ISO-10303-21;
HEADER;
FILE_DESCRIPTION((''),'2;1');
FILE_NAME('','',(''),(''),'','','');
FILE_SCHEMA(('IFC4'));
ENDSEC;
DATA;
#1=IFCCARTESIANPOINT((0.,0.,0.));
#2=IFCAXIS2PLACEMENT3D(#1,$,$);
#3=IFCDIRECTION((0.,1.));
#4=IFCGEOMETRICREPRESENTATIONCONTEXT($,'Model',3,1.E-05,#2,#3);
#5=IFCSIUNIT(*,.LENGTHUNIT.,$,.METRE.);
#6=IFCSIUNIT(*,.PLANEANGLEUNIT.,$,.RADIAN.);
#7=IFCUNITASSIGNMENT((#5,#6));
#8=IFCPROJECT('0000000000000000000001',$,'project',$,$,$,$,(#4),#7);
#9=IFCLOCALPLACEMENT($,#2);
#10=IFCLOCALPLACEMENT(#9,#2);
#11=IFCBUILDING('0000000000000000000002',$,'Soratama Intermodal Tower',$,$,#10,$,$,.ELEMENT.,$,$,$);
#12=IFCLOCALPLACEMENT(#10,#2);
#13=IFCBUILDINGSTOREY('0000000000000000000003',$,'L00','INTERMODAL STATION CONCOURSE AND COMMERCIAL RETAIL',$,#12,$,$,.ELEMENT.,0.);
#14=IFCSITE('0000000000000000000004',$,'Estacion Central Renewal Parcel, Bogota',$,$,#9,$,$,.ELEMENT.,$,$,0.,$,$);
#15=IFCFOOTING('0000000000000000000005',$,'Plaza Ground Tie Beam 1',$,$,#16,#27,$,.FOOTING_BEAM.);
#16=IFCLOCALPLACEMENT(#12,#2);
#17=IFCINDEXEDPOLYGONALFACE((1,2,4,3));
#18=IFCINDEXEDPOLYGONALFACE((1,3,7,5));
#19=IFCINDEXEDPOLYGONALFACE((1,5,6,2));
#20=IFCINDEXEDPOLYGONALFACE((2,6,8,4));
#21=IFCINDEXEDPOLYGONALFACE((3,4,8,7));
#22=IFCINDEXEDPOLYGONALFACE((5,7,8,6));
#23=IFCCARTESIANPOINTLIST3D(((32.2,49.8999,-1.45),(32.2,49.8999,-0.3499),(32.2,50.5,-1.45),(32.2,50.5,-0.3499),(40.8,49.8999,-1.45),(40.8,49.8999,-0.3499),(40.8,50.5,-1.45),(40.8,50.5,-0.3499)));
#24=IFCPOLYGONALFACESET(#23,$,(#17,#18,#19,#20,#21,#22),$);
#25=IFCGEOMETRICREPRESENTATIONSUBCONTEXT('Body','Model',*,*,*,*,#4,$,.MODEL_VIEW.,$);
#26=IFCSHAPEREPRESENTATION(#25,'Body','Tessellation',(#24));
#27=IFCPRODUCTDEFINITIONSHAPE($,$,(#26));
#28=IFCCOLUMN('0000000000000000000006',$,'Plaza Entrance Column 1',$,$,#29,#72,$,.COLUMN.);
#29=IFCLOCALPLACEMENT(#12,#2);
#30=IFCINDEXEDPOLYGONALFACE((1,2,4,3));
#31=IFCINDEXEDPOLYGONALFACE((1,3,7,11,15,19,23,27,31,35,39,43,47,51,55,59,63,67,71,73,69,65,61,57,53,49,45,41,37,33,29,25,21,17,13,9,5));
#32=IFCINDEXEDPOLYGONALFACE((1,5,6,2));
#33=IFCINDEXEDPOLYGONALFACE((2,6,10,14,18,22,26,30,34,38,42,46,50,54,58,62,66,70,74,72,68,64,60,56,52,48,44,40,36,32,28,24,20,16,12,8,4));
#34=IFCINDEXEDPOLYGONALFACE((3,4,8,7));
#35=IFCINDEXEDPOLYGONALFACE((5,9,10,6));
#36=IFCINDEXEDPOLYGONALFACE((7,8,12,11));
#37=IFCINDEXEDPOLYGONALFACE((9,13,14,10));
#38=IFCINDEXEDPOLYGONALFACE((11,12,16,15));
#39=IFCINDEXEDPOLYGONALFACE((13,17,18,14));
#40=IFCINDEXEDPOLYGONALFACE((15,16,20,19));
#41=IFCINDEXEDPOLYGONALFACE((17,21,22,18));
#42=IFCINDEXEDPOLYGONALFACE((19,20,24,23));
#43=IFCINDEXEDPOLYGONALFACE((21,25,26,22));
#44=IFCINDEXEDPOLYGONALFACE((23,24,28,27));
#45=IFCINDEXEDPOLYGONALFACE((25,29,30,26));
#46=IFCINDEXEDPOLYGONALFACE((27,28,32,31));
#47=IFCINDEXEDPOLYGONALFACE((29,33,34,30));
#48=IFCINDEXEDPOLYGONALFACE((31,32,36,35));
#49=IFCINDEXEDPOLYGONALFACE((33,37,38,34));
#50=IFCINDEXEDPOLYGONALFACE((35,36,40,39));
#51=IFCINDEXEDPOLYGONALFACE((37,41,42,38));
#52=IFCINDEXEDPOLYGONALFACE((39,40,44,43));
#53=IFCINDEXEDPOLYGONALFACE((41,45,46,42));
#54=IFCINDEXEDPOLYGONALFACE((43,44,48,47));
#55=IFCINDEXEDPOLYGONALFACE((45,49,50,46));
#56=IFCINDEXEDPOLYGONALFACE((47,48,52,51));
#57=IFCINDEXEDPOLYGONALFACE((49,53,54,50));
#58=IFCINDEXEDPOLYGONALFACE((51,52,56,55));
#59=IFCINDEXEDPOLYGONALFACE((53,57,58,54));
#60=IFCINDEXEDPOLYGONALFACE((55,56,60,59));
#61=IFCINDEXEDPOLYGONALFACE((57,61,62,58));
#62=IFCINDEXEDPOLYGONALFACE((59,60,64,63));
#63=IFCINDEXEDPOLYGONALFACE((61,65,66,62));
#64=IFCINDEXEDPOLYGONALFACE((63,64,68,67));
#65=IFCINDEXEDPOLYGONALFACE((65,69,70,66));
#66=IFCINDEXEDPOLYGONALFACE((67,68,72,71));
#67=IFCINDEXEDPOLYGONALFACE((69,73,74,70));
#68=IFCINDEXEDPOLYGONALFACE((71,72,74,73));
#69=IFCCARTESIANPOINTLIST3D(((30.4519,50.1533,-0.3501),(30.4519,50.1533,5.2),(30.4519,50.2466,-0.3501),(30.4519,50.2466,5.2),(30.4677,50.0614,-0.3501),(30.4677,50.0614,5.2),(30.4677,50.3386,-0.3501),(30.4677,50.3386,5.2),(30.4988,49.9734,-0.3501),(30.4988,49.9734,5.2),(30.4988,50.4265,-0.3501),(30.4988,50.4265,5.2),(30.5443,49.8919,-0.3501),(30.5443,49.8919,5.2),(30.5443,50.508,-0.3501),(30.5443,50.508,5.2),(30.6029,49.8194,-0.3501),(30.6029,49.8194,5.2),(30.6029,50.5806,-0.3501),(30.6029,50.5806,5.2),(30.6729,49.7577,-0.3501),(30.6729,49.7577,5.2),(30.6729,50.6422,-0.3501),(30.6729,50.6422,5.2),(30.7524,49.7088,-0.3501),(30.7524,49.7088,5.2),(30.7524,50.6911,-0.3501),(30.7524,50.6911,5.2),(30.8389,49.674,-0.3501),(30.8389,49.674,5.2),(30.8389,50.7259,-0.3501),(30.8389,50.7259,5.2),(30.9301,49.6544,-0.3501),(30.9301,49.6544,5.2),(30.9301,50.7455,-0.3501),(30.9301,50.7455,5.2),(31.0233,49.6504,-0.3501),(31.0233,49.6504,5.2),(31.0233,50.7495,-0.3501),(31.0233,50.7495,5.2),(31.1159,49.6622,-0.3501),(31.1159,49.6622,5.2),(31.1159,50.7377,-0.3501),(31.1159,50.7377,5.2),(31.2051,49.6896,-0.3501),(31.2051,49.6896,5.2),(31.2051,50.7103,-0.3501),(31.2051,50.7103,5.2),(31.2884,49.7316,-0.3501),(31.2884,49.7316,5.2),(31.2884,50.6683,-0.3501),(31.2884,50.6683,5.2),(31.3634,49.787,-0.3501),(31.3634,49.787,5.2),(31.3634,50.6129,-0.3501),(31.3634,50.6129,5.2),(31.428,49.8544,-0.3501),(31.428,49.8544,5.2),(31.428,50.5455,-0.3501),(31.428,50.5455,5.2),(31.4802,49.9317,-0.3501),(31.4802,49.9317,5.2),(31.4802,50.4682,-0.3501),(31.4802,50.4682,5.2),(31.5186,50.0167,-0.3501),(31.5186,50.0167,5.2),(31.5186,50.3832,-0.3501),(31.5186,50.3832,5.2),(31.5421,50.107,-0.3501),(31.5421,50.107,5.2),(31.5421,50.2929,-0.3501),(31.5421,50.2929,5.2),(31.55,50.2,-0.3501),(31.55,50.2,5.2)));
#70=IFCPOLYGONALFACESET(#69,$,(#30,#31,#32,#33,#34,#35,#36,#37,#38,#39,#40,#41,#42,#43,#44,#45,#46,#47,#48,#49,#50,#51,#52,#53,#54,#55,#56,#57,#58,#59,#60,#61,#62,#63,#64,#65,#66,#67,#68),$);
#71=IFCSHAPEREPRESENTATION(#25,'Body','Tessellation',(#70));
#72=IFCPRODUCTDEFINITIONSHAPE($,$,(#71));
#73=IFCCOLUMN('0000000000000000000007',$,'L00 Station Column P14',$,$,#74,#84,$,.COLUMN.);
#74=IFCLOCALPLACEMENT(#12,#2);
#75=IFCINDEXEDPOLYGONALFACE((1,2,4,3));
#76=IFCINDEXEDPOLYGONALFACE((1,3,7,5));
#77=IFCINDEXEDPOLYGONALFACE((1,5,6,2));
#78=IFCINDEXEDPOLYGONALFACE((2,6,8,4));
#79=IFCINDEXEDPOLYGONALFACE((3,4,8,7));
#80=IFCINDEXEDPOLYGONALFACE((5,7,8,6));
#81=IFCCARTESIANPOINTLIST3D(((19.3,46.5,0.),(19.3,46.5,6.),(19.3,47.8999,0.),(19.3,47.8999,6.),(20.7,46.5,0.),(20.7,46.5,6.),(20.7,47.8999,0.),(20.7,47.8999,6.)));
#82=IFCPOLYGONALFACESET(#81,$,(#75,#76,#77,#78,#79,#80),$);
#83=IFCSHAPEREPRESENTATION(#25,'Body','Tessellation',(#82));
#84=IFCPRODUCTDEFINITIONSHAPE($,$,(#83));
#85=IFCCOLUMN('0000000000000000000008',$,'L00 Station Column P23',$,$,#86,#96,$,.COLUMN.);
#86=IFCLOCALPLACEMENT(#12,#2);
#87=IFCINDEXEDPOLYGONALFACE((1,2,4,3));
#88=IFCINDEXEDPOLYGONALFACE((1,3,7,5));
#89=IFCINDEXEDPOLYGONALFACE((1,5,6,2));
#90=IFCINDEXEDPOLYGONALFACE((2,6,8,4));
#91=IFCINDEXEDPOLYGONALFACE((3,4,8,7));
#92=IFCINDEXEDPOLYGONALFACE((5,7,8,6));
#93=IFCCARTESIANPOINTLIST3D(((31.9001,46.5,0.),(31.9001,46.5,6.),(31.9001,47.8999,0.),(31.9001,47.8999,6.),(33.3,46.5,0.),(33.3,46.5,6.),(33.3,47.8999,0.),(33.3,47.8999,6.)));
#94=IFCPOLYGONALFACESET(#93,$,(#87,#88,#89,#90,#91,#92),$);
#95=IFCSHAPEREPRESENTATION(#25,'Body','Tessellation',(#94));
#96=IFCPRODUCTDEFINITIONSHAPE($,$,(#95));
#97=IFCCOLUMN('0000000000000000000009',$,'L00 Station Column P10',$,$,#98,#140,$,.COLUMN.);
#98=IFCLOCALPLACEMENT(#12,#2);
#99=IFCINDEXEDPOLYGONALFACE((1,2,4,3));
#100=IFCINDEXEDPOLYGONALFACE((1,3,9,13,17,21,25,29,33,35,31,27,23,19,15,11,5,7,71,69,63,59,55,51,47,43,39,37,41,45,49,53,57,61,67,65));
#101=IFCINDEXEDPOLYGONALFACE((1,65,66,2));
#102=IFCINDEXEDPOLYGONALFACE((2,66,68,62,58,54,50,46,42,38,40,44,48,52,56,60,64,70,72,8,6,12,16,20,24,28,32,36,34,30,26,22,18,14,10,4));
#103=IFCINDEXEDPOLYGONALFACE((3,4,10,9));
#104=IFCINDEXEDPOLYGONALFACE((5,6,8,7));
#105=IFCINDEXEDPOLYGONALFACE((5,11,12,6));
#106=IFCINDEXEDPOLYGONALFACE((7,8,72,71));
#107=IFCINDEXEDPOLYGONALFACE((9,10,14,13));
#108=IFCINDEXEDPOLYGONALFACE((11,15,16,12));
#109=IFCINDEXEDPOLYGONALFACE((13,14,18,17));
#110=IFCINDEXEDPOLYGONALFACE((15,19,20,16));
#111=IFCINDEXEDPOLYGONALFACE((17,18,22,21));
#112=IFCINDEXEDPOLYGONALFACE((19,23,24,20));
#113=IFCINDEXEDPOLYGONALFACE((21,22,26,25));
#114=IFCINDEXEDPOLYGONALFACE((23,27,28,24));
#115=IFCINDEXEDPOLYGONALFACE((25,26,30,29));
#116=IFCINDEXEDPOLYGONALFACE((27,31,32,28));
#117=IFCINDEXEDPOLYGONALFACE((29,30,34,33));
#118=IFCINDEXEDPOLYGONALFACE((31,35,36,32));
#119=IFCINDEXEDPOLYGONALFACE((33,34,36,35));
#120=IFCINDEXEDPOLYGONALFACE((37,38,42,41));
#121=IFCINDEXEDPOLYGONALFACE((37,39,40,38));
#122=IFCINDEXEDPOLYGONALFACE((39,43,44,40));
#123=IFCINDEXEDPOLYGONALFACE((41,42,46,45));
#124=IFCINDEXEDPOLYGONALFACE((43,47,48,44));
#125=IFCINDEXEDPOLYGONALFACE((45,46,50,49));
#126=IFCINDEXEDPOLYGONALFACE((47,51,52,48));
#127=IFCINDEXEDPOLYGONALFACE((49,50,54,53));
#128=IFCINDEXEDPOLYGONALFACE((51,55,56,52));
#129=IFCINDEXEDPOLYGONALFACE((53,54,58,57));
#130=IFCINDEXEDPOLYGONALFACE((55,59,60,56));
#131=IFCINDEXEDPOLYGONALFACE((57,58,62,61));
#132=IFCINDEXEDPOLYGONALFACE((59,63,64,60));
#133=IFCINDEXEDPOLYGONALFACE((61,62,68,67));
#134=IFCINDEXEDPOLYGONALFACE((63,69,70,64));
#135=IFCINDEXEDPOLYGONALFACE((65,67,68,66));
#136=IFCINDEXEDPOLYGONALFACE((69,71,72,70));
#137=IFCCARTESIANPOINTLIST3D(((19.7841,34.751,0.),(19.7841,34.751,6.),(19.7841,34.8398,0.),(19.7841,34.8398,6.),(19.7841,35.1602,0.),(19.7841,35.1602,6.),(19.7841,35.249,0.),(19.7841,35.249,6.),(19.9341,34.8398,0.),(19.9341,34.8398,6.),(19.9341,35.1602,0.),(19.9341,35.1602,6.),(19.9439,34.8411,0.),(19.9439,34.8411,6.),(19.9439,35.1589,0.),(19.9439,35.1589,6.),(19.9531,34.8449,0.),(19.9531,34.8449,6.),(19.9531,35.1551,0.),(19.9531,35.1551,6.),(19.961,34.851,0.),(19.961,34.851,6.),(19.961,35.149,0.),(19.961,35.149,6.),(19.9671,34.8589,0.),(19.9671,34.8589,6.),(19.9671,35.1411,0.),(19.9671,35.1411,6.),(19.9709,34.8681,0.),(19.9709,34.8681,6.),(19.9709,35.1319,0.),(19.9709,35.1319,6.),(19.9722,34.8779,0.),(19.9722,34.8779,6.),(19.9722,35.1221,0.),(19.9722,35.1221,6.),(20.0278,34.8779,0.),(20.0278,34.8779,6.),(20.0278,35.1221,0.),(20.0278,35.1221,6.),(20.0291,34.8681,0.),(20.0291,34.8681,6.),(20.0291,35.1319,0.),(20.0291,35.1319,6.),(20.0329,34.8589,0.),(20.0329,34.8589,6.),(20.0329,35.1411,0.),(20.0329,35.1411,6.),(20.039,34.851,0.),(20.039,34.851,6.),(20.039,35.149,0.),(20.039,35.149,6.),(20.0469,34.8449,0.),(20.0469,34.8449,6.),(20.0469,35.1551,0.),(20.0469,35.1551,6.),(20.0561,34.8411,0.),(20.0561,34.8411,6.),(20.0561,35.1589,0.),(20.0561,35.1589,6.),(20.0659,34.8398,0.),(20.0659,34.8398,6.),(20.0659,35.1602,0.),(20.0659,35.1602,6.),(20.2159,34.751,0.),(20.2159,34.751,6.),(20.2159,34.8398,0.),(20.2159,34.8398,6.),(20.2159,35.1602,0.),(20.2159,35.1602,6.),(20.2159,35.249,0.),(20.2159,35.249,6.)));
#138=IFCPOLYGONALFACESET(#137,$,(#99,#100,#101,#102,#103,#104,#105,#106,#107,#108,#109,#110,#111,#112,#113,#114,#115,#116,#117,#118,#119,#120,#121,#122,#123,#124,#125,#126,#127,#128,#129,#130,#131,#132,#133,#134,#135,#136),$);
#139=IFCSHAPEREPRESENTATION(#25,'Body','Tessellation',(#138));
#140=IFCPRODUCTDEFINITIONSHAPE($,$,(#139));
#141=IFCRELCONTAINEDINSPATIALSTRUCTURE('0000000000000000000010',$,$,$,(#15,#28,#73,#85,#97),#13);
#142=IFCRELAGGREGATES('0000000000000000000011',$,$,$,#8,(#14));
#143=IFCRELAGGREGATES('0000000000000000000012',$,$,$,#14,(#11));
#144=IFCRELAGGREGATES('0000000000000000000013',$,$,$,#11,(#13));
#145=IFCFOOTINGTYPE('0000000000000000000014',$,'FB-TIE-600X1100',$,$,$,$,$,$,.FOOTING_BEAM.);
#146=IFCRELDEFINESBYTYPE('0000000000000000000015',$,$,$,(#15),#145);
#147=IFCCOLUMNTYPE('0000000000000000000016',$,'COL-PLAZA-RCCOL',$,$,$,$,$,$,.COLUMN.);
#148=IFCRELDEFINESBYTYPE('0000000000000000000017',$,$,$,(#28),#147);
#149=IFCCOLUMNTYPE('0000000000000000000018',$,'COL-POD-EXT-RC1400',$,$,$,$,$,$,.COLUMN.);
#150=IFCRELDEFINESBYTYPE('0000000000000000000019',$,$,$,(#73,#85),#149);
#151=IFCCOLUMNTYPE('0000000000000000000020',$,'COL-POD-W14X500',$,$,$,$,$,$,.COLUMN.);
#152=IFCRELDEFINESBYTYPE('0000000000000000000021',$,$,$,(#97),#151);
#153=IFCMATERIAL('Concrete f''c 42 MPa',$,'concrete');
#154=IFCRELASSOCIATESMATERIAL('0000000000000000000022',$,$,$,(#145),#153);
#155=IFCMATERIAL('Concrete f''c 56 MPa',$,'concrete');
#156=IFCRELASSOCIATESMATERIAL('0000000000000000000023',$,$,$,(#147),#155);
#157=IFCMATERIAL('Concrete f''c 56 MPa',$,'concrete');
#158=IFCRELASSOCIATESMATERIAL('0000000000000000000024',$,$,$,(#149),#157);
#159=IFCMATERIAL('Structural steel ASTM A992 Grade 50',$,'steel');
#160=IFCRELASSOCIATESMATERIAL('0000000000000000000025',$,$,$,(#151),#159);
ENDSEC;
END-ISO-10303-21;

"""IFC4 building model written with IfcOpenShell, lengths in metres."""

from ifc_helpers import new_model, si_unit, direction, frame, origin, origin_2d, place, context, subcontext, project, spatial, rectangle, circle, i_section, extrude, material, material_profile, profile_set, type_object, element, save


model = new_model("IFC4")

# Units and contexts
model_context = context("Model", 3, precision=1e-05, world=origin(), true_north=direction((0.0, 1.0)))
body_context = subcontext(model_context, "Body", "Model", "MODEL_VIEW")
ifc_project = project(units=[si_unit("LENGTHUNIT", "METRE"), si_unit("PLANEANGLEUNIT", "RADIAN")], contexts=[model_context])

# Site, building, storey
site_placement = place(None, origin())
site = spatial("IfcSite", under=ifc_project, at=site_placement, Name="Estacion Central Renewal Parcel, Bogota", CompositionType="ELEMENT", RefElevation=0.0)
building_placement = place(site_placement, origin())
building = spatial("IfcBuilding", under=site, at=building_placement, Name="Soratama Intermodal Tower", CompositionType="ELEMENT")
storey_placement = place(building_placement, origin())
storey = spatial("IfcBuildingStorey", under=building, at=storey_placement, Name="L00", Description="INTERMODAL STATION CONCOURSE AND COMMERCIAL RETAIL", CompositionType="ELEMENT", Elevation=0.0)

# Footing
ifc_material_1 = material(Name="Concrete f'c 42 MPa", Category="concrete")
ifc_material_profile_1 = material_profile(ifc_material_1, rectangle(XDim=0.6001, YDim=1.1001, at=origin_2d()), Name="RC600X1100")
ifc_profile_set_1 = profile_set([ifc_material_profile_1], Name="Concrete f'c 42 MPa")
footing_type = type_object("IfcFootingType", Name="FB-TIE-600X1100", PredefinedType="FOOTING_BEAM", material=ifc_profile_set_1)
footing_placement = place(storey_placement, frame((32.2, 50.2, -0.8999), z_axis=(1.0, 0.0, 0.0), x_axis=(0.0, 1.0, 0.0)))
element("IfcFooting", 1, at=footing_placement, inside=storey, type_object=footing_type, Name="Plaza Ground Tie Beam 1", PredefinedType="FOOTING_BEAM", context=body_context, shape_type="SweptSolid", body=[
    extrude(rectangle(XDim=0.6001, YDim=1.1001, at=origin_2d()), origin(), (0.0, 0.0, 1.0), 8.6001),
])

# Columns
ifc_material_2 = material(Name="Concrete f'c 56 MPa", Category="concrete")
ifc_material_profile_2 = material_profile(ifc_material_2, circle(Radius=0.55, at=origin_2d()), Name="RCCOL1100")
ifc_profile_set_2 = profile_set([ifc_material_profile_2], Name="Concrete f'c 56 MPa")
column_type_1 = type_object("IfcColumnType", Name="COL-PLAZA-RCCOL", PredefinedType="COLUMN", material=ifc_profile_set_2)
column_1_placement = place(storey_placement, frame((31.0, 50.2, -0.3501), z_axis=(0.0, 0.0, 1.0), x_axis=(1.0, 0.0, 0.0)))
element("IfcColumn", 2, at=column_1_placement, inside=storey, type_object=column_type_1, Name="Plaza Entrance Column 1", PredefinedType="COLUMN", context=body_context, shape_type="SweptSolid", body=[
    extrude(circle(Radius=0.55, at=origin_2d()), origin(), (0.0, 0.0, 1.0), 5.55),
])
ifc_material_3 = material(Name="Concrete f'c 56 MPa", Category="concrete")
ifc_material_profile_3 = material_profile(ifc_material_3, rectangle(XDim=1.3999, YDim=1.3999, at=origin_2d()), Name="RC1400X1400")
ifc_profile_set_3 = profile_set([ifc_material_profile_3], Name="Concrete f'c 56 MPa")
column_type_2 = type_object("IfcColumnType", Name="COL-POD-EXT-RC1400", PredefinedType="COLUMN", material=ifc_profile_set_3)
for number, where, z_axis, x_axis, name in (
    (3, (20.0, 47.2, 0.0), (0.0, 0.0, 1.0), (1.0, 0.0, 0.0), "L00 Station Column P14"),
    (4, (32.6001, 47.2, 0.0), (0.0, 0.0, 1.0), (1.0, 0.0, 0.0), "L00 Station Column P23"),
):
    element("IfcColumn", number, at=place(storey_placement, frame(where, z_axis=z_axis, x_axis=x_axis)), inside=storey, type_object=column_type_2, Name=name, PredefinedType="COLUMN", context=body_context, shape_type="SweptSolid", body=[
        extrude(rectangle(XDim=1.3999, YDim=1.3999, at=origin_2d()), origin(), (0.0, 0.0, 1.0), 6.0),
    ])
ifc_material_4 = material(Name="Structural steel ASTM A992 Grade 50", Category="steel")
ifc_material_profile_4 = material_profile(ifc_material_4, i_section(OverallWidth=0.4319, OverallDepth=0.498, WebThickness=0.0557, FlangeThickness=0.0889, FilletRadius=0.0381, at=origin_2d()), Name="W14X500")
ifc_profile_set_4 = profile_set([ifc_material_profile_4], Name="Structural steel ASTM A992 Grade 50")
column_type_3 = type_object("IfcColumnType", Name="COL-POD-W14X500", PredefinedType="COLUMN", material=ifc_profile_set_4)
column_2_placement = place(storey_placement, frame((20.0, 35.0, 0.0), z_axis=(0.0, 0.0, 1.0), x_axis=(1.0, 0.0, 0.0)))
element("IfcColumn", 5, at=column_2_placement, inside=storey, type_object=column_type_3, Name="L00 Station Column P10", PredefinedType="COLUMN", context=body_context, shape_type="SweptSolid", body=[
    extrude(i_section(OverallWidth=0.4319, OverallDepth=0.498, WebThickness=0.0557, FlangeThickness=0.0889, FilletRadius=0.0381, at=origin_2d()), origin(), (0.0, 0.0, 1.0), 6.0),
])

save(model, "model.ifc")
